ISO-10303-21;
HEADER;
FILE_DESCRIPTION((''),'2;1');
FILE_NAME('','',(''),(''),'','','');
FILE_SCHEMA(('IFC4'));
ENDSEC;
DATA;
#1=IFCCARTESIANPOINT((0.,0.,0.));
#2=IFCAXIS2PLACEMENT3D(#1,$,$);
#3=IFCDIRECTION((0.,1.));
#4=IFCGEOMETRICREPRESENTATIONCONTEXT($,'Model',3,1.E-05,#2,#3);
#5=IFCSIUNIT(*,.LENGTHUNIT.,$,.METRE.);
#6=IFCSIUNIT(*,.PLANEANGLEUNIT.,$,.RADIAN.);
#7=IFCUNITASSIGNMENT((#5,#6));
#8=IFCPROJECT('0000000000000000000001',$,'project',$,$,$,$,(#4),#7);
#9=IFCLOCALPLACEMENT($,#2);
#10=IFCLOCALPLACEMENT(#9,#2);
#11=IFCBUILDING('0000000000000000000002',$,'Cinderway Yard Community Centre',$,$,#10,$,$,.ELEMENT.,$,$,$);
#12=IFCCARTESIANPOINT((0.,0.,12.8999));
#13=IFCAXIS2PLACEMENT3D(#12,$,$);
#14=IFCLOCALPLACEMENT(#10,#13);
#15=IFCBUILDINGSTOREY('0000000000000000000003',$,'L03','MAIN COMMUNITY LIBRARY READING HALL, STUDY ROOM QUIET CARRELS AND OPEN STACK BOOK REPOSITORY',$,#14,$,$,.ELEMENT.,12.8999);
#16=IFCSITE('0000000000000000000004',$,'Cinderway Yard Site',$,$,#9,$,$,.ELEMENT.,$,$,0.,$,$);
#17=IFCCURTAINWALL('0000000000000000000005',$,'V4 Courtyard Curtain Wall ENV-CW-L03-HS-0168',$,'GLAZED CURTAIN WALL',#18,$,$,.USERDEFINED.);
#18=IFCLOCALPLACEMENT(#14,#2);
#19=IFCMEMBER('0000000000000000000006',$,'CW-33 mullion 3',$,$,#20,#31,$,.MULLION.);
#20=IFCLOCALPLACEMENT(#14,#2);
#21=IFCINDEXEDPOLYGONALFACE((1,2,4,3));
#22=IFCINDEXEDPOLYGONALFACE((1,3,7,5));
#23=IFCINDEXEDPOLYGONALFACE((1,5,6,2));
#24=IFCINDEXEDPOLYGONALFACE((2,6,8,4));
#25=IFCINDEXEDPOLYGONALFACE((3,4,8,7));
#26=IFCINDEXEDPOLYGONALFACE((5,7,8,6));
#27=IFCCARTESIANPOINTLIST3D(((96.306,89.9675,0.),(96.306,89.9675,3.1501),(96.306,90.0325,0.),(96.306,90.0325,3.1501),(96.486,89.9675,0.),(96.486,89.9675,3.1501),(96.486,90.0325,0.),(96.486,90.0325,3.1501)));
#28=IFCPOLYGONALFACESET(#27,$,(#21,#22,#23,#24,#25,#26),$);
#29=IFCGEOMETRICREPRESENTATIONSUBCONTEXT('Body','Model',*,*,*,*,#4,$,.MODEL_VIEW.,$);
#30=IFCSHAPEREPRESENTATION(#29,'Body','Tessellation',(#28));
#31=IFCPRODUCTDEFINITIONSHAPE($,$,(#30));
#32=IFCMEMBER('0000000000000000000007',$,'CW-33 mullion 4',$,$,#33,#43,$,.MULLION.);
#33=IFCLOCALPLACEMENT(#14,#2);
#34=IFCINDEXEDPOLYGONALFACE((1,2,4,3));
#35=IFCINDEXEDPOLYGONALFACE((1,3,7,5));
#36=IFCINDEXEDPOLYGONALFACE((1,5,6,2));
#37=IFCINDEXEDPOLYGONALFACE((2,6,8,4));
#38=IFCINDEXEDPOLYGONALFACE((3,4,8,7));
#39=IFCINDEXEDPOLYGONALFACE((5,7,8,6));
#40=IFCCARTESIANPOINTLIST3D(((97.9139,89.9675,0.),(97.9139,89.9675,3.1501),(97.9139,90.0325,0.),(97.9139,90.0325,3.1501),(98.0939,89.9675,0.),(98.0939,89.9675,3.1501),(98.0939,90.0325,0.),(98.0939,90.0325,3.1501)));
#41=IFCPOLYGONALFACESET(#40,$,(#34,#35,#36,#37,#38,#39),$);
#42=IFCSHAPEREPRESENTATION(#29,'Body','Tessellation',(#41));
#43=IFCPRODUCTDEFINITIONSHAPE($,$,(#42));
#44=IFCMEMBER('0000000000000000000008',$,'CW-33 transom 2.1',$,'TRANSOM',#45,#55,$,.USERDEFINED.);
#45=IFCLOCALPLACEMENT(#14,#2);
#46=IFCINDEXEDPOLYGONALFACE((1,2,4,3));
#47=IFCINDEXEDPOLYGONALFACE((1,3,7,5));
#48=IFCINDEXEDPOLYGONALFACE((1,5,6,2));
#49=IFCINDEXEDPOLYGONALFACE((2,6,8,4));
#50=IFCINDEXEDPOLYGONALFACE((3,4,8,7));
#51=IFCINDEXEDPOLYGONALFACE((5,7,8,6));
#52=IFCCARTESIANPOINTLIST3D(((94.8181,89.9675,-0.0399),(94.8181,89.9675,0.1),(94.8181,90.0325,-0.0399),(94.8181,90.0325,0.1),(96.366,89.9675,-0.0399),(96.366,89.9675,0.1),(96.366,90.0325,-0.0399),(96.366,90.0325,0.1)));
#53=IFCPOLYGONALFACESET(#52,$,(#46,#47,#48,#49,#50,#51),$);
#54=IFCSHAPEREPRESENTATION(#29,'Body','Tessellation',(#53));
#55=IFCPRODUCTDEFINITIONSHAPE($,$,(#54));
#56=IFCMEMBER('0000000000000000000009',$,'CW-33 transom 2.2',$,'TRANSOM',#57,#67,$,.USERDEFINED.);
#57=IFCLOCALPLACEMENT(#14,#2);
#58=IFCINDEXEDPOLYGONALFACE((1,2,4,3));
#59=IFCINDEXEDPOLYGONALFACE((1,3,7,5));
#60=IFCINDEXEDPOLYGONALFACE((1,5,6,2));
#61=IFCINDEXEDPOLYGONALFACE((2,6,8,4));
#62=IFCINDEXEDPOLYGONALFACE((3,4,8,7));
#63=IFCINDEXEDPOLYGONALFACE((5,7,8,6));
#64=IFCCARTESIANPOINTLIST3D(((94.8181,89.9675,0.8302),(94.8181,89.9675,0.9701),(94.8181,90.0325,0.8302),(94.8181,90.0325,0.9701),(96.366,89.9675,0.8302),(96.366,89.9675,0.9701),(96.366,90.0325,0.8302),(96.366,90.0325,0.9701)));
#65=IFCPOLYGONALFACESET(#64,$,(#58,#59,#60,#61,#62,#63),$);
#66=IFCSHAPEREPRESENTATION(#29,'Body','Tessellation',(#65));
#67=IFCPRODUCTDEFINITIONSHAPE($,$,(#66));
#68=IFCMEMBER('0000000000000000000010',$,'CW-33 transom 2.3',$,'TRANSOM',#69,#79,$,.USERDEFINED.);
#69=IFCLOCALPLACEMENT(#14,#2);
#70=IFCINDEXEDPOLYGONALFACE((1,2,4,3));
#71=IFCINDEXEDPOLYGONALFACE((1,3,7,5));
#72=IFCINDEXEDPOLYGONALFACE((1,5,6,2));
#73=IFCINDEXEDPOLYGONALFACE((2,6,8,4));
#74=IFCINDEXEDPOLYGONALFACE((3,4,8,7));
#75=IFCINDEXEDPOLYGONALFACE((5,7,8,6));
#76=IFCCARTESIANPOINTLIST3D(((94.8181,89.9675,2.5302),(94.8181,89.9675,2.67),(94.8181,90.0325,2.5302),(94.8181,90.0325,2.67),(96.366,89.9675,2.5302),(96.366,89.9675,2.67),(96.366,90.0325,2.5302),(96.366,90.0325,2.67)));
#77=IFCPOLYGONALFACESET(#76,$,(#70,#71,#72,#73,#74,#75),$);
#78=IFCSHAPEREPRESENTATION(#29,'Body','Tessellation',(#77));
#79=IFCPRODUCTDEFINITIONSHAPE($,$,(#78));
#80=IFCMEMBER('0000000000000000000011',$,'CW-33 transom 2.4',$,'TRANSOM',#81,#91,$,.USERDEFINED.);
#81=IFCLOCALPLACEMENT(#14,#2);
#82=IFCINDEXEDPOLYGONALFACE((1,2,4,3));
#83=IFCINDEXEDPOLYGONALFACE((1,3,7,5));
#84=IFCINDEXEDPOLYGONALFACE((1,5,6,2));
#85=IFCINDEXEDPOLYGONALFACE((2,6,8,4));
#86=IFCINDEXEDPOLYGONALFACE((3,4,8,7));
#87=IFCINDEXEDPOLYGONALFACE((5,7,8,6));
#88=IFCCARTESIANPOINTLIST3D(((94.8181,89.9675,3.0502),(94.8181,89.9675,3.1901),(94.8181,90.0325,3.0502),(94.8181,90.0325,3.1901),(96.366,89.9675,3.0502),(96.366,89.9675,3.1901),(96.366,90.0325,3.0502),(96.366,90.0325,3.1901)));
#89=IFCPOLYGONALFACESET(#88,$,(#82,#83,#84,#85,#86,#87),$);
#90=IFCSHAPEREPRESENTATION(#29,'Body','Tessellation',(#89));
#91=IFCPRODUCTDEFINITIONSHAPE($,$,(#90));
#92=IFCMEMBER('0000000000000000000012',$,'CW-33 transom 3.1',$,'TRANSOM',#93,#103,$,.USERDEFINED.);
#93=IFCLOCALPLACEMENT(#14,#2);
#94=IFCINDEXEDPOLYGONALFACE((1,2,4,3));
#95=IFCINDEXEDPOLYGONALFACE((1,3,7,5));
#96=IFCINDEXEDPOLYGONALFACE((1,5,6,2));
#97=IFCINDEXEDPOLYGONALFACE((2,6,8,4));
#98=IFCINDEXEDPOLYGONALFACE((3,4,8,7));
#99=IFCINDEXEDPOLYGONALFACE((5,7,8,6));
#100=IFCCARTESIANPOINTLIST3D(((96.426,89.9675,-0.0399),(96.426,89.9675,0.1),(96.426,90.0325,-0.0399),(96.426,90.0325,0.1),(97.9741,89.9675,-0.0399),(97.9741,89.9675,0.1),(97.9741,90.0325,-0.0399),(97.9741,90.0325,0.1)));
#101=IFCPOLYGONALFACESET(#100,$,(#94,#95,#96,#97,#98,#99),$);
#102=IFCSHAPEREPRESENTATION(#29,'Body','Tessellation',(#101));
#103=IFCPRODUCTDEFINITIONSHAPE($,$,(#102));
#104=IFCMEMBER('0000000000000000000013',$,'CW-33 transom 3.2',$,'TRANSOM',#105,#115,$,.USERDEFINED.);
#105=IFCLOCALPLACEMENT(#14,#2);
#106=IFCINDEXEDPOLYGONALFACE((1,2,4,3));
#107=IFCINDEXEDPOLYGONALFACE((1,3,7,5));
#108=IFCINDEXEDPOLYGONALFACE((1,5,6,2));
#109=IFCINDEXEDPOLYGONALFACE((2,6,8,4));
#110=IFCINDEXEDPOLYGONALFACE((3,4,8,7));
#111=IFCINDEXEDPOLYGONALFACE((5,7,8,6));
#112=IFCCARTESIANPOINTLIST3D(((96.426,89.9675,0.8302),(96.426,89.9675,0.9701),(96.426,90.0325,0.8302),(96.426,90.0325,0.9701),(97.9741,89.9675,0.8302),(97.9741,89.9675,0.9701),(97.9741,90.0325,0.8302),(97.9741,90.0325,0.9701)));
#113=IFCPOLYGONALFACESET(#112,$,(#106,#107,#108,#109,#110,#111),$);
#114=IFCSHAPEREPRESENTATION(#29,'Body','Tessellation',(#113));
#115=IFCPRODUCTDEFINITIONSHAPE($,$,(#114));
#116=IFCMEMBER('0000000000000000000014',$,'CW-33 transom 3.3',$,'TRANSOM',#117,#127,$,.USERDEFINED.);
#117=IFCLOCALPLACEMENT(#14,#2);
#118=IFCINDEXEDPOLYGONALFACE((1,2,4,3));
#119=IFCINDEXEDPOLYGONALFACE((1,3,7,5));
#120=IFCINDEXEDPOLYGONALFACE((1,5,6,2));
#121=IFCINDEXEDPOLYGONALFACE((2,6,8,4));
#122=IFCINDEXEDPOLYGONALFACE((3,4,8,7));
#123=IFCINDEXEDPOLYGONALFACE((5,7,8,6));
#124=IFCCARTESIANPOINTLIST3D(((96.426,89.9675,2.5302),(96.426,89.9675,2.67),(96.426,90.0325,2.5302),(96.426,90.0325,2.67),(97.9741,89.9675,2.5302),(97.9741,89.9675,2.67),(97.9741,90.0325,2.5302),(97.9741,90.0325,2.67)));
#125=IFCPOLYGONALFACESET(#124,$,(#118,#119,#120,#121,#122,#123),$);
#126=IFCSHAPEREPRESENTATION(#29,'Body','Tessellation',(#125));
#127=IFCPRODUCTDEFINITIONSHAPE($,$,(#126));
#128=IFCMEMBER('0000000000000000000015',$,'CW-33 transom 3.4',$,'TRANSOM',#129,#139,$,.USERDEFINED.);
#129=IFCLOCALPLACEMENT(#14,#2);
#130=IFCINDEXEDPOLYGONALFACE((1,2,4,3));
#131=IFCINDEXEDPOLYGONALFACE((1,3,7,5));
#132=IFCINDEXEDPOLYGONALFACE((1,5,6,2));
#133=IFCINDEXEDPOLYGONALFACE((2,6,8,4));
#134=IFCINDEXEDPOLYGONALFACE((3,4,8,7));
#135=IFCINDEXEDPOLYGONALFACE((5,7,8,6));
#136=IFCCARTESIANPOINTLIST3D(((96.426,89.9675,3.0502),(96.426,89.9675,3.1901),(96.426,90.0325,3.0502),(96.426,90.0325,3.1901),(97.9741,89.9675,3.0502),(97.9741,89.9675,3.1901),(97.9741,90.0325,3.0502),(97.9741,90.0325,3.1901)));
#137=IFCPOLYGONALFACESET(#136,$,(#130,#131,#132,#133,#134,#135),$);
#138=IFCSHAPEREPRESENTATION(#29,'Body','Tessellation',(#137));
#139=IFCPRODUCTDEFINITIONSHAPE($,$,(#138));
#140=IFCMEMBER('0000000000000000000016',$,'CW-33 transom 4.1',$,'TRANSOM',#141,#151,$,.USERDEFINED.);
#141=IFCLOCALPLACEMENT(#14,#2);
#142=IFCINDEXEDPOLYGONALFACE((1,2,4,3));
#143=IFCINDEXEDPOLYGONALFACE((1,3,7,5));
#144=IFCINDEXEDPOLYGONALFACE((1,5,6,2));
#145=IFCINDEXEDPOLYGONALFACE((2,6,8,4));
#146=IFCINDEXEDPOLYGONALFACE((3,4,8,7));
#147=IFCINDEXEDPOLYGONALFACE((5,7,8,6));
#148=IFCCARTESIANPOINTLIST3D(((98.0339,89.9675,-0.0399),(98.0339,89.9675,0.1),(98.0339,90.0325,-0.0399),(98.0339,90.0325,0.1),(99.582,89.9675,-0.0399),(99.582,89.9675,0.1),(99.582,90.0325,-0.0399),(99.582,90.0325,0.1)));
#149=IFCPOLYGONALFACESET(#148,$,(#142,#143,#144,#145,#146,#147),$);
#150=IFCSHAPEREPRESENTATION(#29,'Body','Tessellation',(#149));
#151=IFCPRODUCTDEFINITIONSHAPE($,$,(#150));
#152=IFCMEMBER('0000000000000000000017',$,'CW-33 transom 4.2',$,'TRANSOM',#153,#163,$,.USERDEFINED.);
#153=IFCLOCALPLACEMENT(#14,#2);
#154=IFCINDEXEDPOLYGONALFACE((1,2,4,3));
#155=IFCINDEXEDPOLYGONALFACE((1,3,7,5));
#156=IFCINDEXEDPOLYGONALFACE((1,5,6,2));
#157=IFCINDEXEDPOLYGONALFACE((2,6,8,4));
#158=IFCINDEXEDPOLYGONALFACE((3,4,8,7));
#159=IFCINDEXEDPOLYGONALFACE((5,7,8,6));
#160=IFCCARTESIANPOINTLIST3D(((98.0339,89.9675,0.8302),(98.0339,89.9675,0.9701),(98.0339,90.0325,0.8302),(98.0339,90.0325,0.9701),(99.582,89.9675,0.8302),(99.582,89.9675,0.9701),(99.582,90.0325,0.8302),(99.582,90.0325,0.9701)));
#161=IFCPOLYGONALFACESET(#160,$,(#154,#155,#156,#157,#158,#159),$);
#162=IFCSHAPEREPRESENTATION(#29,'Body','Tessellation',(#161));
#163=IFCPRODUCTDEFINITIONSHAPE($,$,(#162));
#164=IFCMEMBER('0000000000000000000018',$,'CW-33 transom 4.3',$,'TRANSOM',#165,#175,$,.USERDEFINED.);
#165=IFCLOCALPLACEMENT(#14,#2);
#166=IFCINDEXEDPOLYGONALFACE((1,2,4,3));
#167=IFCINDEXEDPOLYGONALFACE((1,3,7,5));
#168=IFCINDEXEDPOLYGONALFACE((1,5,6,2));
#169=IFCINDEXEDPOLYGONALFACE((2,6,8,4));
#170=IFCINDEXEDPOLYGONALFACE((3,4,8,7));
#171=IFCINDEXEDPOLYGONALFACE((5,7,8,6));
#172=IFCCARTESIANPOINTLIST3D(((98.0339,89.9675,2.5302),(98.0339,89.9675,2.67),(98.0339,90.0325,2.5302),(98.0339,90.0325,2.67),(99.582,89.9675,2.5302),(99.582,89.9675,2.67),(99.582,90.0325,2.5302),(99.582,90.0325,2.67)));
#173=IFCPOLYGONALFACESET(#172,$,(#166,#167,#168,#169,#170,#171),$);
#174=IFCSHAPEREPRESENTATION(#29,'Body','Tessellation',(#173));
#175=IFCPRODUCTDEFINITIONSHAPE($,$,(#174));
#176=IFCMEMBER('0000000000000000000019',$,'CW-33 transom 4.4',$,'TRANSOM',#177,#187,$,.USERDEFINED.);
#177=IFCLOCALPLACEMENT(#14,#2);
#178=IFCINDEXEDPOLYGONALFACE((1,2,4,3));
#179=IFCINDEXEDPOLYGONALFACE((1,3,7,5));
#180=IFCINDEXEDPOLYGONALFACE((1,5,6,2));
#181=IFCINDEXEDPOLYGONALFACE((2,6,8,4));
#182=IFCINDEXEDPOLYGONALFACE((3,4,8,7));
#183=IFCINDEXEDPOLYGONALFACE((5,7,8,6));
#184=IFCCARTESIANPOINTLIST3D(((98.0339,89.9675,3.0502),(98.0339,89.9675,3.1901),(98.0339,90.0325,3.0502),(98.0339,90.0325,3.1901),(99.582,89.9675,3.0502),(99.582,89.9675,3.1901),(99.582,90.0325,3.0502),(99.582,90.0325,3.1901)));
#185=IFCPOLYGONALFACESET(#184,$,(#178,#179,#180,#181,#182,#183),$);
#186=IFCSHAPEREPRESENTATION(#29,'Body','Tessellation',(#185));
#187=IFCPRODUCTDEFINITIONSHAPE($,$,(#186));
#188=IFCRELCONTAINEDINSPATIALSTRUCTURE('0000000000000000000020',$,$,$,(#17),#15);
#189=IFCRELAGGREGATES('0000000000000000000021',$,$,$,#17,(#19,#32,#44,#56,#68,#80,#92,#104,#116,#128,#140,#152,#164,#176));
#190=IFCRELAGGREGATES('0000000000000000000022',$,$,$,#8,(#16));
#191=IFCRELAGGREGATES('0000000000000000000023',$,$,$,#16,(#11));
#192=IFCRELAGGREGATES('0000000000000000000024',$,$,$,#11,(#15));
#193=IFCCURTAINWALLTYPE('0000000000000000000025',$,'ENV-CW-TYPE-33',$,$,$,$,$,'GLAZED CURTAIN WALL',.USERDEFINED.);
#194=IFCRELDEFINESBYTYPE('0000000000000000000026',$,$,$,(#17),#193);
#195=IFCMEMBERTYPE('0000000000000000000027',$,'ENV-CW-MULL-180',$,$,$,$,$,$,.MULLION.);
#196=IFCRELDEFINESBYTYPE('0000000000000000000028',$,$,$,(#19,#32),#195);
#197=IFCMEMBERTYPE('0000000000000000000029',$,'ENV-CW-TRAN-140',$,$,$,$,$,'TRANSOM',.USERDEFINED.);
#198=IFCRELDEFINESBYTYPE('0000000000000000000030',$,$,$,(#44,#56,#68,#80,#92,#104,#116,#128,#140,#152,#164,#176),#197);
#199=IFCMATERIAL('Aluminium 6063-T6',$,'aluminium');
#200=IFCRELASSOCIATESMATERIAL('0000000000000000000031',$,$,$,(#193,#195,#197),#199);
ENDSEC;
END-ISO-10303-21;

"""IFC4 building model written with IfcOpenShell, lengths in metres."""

from ifc_helpers import new_model, si_unit, direction, frame, origin, origin_2d, place, context, subcontext, project, spatial, rectangle, extrude, material, material_profile, profile_set, type_object, element, aggregate, save


model = new_model("IFC4")

# Units and contexts
model_context = context("Model", 3, precision=1e-05, world=origin(), true_north=direction((0.0, 1.0)))
body_context = subcontext(model_context, "Body", "Model", "MODEL_VIEW")
ifc_project = project(units=[si_unit("LENGTHUNIT", "METRE"), si_unit("PLANEANGLEUNIT", "RADIAN")], contexts=[model_context])

# Site, building, storey
site_placement = place(None, origin())
site = spatial("IfcSite", under=ifc_project, at=site_placement, Name="Cinderway Yard Site", CompositionType="ELEMENT", RefElevation=0.0)
building_placement = place(site_placement, origin())
building = spatial("IfcBuilding", under=site, at=building_placement, Name="Cinderway Yard Community Centre", CompositionType="ELEMENT")
storey_placement = place(building_placement, frame((0.0, 0.0, 12.8999)))
storey = spatial("IfcBuildingStorey", under=building, at=storey_placement, Name="L03", Description="MAIN COMMUNITY LIBRARY READING HALL, STUDY ROOM QUIET CARRELS AND OPEN STACK BOOK REPOSITORY", CompositionType="ELEMENT", Elevation=12.8999)

# Curtain wall, members
ifc_material_1 = material(Name="Aluminium 6063-T6", Category="aluminium")
curtain_wall_type = type_object("IfcCurtainWallType", Name="ENV-CW-TYPE-33", ElementType="GLAZED CURTAIN WALL", PredefinedType="USERDEFINED", material=ifc_material_1)
curtain_wall_placement = place(storey_placement, origin())
curtain_wall = element("IfcCurtainWall", 1, at=curtain_wall_placement, inside=storey, type_object=curtain_wall_type, Name="V4 Courtyard Curtain Wall ENV-CW-L03-HS-0168", ObjectType="GLAZED CURTAIN WALL", PredefinedType="USERDEFINED")
ifc_material_profile_1 = material_profile(ifc_material_1, rectangle(XDim=0.0649, YDim=0.1799, at=origin_2d()), Name="Aluminium 6063-T6")
ifc_profile_set_1 = profile_set([ifc_material_profile_1], Name="Aluminium 6063-T6")
member_type_1 = type_object("IfcMemberType", Name="ENV-CW-MULL-180", PredefinedType="MULLION", material=ifc_profile_set_1)
member_1_placement = place(storey_placement, frame((96.396, 90.0, 0.0), z_axis=(0.0, 0.0, 1.0), x_axis=(0.0, 1.0, 0.0)))
member_1 = element("IfcMember", 2, at=member_1_placement, type_object=member_type_1, Name="CW-33 mullion 3", PredefinedType="MULLION", context=body_context, shape_type="SweptSolid", body=[
    extrude(rectangle(XDim=0.0649, YDim=0.1799, at=origin_2d()), origin(), (0.0, 0.0, 1.0), 3.1501),
])
member_2_placement = place(storey_placement, frame((98.0039, 90.0, 0.0), z_axis=(0.0, 0.0, 1.0), x_axis=(0.0, 1.0, 0.0)))
member_2 = element("IfcMember", 3, at=member_2_placement, type_object=member_type_1, Name="CW-33 mullion 4", PredefinedType="MULLION", context=body_context, shape_type="SweptSolid", body=[
    extrude(rectangle(XDim=0.0649, YDim=0.1799, at=origin_2d()), origin(), (0.0, 0.0, 1.0), 3.1501),
])
ifc_material_profile_2 = material_profile(ifc_material_1, rectangle(XDim=0.0649, YDim=0.1399, at=origin_2d()), Name="Aluminium 6063-T6")
ifc_profile_set_2 = profile_set([ifc_material_profile_2], Name="Aluminium 6063-T6")
member_type_2 = type_object("IfcMemberType", Name="ENV-CW-TRAN-140", ElementType="TRANSOM", PredefinedType="USERDEFINED", material=ifc_profile_set_2)
member_3_placement = place(storey_placement, frame((94.8181, 90.0, 0.03), z_axis=(1.0, 0.0, 0.0), x_axis=(0.0, 1.0, 0.0)))
member_3 = element("IfcMember", 4, at=member_3_placement, type_object=member_type_2, Name="CW-33 transom 2.1", ObjectType="TRANSOM", PredefinedType="USERDEFINED", context=body_context, shape_type="SweptSolid", body=[
    extrude(rectangle(XDim=0.0649, YDim=0.1399, at=origin_2d()), origin(), (0.0, 0.0, 1.0), 1.5479),
])
member_4_placement = place(storey_placement, frame((94.8181, 90.0, 0.9001), z_axis=(1.0, 0.0, 0.0), x_axis=(0.0, 1.0, 0.0)))
member_4 = element("IfcMember", 5, at=member_4_placement, type_object=member_type_2, Name="CW-33 transom 2.2", ObjectType="TRANSOM", PredefinedType="USERDEFINED", context=body_context, shape_type="SweptSolid", body=[
    extrude(rectangle(XDim=0.0649, YDim=0.1399, at=origin_2d()), origin(), (0.0, 0.0, 1.0), 1.5479),
])
member_5_placement = place(storey_placement, frame((94.8181, 90.0, 2.6001), z_axis=(1.0, 0.0, 0.0), x_axis=(0.0, 1.0, 0.0)))
member_5 = element("IfcMember", 6, at=member_5_placement, type_object=member_type_2, Name="CW-33 transom 2.3", ObjectType="TRANSOM", PredefinedType="USERDEFINED", context=body_context, shape_type="SweptSolid", body=[
    extrude(rectangle(XDim=0.0649, YDim=0.1399, at=origin_2d()), origin(), (0.0, 0.0, 1.0), 1.5479),
])
member_6_placement = place(storey_placement, frame((94.8181, 90.0, 3.1201), z_axis=(1.0, 0.0, 0.0), x_axis=(0.0, 1.0, 0.0)))
member_6 = element("IfcMember", 7, at=member_6_placement, type_object=member_type_2, Name="CW-33 transom 2.4", ObjectType="TRANSOM", PredefinedType="USERDEFINED", context=body_context, shape_type="SweptSolid", body=[
    extrude(rectangle(XDim=0.0649, YDim=0.1399, at=origin_2d()), origin(), (0.0, 0.0, 1.0), 1.5479),
])
member_7_placement = place(storey_placement, frame((96.426, 90.0, 0.03), z_axis=(1.0, 0.0, 0.0), x_axis=(0.0, 1.0, 0.0)))
member_7 = element("IfcMember", 8, at=member_7_placement, type_object=member_type_2, Name="CW-33 transom 3.1", ObjectType="TRANSOM", PredefinedType="USERDEFINED", context=body_context, shape_type="SweptSolid", body=[
    extrude(rectangle(XDim=0.0649, YDim=0.1399, at=origin_2d()), origin(), (0.0, 0.0, 1.0), 1.5481),
])
member_8_placement = place(storey_placement, frame((96.426, 90.0, 0.9001), z_axis=(1.0, 0.0, 0.0), x_axis=(0.0, 1.0, 0.0)))
member_8 = element("IfcMember", 9, at=member_8_placement, type_object=member_type_2, Name="CW-33 transom 3.2", ObjectType="TRANSOM", PredefinedType="USERDEFINED", context=body_context, shape_type="SweptSolid", body=[
    extrude(rectangle(XDim=0.0649, YDim=0.1399, at=origin_2d()), origin(), (0.0, 0.0, 1.0), 1.5481),
])
member_9_placement = place(storey_placement, frame((96.426, 90.0, 2.6001), z_axis=(1.0, 0.0, 0.0), x_axis=(0.0, 1.0, 0.0)))
member_9 = element("IfcMember", 10, at=member_9_placement, type_object=member_type_2, Name="CW-33 transom 3.3", ObjectType="TRANSOM", PredefinedType="USERDEFINED", context=body_context, shape_type="SweptSolid", body=[
    extrude(rectangle(XDim=0.0649, YDim=0.1399, at=origin_2d()), origin(), (0.0, 0.0, 1.0), 1.5481),
])
member_10_placement = place(storey_placement, frame((96.426, 90.0, 3.1201), z_axis=(1.0, 0.0, 0.0), x_axis=(0.0, 1.0, 0.0)))
member_10 = element("IfcMember", 11, at=member_10_placement, type_object=member_type_2, Name="CW-33 transom 3.4", ObjectType="TRANSOM", PredefinedType="USERDEFINED", context=body_context, shape_type="SweptSolid", body=[
    extrude(rectangle(XDim=0.0649, YDim=0.1399, at=origin_2d()), origin(), (0.0, 0.0, 1.0), 1.5481),
])
member_11_placement = place(storey_placement, frame((98.0339, 90.0, 0.03), z_axis=(1.0, 0.0, 0.0), x_axis=(0.0, 1.0, 0.0)))
member_11 = element("IfcMember", 12, at=member_11_placement, type_object=member_type_2, Name="CW-33 transom 4.1", ObjectType="TRANSOM", PredefinedType="USERDEFINED", context=body_context, shape_type="SweptSolid", body=[
    extrude(rectangle(XDim=0.0649, YDim=0.1399, at=origin_2d()), origin(), (0.0, 0.0, 1.0), 1.5481),
])
member_12_placement = place(storey_placement, frame((98.0339, 90.0, 0.9001), z_axis=(1.0, 0.0, 0.0), x_axis=(0.0, 1.0, 0.0)))
member_12 = element("IfcMember", 13, at=member_12_placement, type_object=member_type_2, Name="CW-33 transom 4.2", ObjectType="TRANSOM", PredefinedType="USERDEFINED", context=body_context, shape_type="SweptSolid", body=[
    extrude(rectangle(XDim=0.0649, YDim=0.1399, at=origin_2d()), origin(), (0.0, 0.0, 1.0), 1.5481),
])
member_13_placement = place(storey_placement, frame((98.0339, 90.0, 2.6001), z_axis=(1.0, 0.0, 0.0), x_axis=(0.0, 1.0, 0.0)))
member_13 = element("IfcMember", 14, at=member_13_placement, type_object=member_type_2, Name="CW-33 transom 4.3", ObjectType="TRANSOM", PredefinedType="USERDEFINED", context=body_context, shape_type="SweptSolid", body=[
    extrude(rectangle(XDim=0.0649, YDim=0.1399, at=origin_2d()), origin(), (0.0, 0.0, 1.0), 1.5481),
])
member_14_placement = place(storey_placement, frame((98.0339, 90.0, 3.1201), z_axis=(1.0, 0.0, 0.0), x_axis=(0.0, 1.0, 0.0)))
member_14 = element("IfcMember", 15, at=member_14_placement, type_object=member_type_2, Name="CW-33 transom 4.4", ObjectType="TRANSOM", PredefinedType="USERDEFINED", context=body_context, shape_type="SweptSolid", body=[
    extrude(rectangle(XDim=0.0649, YDim=0.1399, at=origin_2d()), origin(), (0.0, 0.0, 1.0), 1.5481),
])
aggregate(curtain_wall, [member_1, member_2, member_3, member_4, member_5, member_6, member_7, member_8, member_9, member_10, member_11, member_12, member_13, member_14])

save(model, "model.ifc")
